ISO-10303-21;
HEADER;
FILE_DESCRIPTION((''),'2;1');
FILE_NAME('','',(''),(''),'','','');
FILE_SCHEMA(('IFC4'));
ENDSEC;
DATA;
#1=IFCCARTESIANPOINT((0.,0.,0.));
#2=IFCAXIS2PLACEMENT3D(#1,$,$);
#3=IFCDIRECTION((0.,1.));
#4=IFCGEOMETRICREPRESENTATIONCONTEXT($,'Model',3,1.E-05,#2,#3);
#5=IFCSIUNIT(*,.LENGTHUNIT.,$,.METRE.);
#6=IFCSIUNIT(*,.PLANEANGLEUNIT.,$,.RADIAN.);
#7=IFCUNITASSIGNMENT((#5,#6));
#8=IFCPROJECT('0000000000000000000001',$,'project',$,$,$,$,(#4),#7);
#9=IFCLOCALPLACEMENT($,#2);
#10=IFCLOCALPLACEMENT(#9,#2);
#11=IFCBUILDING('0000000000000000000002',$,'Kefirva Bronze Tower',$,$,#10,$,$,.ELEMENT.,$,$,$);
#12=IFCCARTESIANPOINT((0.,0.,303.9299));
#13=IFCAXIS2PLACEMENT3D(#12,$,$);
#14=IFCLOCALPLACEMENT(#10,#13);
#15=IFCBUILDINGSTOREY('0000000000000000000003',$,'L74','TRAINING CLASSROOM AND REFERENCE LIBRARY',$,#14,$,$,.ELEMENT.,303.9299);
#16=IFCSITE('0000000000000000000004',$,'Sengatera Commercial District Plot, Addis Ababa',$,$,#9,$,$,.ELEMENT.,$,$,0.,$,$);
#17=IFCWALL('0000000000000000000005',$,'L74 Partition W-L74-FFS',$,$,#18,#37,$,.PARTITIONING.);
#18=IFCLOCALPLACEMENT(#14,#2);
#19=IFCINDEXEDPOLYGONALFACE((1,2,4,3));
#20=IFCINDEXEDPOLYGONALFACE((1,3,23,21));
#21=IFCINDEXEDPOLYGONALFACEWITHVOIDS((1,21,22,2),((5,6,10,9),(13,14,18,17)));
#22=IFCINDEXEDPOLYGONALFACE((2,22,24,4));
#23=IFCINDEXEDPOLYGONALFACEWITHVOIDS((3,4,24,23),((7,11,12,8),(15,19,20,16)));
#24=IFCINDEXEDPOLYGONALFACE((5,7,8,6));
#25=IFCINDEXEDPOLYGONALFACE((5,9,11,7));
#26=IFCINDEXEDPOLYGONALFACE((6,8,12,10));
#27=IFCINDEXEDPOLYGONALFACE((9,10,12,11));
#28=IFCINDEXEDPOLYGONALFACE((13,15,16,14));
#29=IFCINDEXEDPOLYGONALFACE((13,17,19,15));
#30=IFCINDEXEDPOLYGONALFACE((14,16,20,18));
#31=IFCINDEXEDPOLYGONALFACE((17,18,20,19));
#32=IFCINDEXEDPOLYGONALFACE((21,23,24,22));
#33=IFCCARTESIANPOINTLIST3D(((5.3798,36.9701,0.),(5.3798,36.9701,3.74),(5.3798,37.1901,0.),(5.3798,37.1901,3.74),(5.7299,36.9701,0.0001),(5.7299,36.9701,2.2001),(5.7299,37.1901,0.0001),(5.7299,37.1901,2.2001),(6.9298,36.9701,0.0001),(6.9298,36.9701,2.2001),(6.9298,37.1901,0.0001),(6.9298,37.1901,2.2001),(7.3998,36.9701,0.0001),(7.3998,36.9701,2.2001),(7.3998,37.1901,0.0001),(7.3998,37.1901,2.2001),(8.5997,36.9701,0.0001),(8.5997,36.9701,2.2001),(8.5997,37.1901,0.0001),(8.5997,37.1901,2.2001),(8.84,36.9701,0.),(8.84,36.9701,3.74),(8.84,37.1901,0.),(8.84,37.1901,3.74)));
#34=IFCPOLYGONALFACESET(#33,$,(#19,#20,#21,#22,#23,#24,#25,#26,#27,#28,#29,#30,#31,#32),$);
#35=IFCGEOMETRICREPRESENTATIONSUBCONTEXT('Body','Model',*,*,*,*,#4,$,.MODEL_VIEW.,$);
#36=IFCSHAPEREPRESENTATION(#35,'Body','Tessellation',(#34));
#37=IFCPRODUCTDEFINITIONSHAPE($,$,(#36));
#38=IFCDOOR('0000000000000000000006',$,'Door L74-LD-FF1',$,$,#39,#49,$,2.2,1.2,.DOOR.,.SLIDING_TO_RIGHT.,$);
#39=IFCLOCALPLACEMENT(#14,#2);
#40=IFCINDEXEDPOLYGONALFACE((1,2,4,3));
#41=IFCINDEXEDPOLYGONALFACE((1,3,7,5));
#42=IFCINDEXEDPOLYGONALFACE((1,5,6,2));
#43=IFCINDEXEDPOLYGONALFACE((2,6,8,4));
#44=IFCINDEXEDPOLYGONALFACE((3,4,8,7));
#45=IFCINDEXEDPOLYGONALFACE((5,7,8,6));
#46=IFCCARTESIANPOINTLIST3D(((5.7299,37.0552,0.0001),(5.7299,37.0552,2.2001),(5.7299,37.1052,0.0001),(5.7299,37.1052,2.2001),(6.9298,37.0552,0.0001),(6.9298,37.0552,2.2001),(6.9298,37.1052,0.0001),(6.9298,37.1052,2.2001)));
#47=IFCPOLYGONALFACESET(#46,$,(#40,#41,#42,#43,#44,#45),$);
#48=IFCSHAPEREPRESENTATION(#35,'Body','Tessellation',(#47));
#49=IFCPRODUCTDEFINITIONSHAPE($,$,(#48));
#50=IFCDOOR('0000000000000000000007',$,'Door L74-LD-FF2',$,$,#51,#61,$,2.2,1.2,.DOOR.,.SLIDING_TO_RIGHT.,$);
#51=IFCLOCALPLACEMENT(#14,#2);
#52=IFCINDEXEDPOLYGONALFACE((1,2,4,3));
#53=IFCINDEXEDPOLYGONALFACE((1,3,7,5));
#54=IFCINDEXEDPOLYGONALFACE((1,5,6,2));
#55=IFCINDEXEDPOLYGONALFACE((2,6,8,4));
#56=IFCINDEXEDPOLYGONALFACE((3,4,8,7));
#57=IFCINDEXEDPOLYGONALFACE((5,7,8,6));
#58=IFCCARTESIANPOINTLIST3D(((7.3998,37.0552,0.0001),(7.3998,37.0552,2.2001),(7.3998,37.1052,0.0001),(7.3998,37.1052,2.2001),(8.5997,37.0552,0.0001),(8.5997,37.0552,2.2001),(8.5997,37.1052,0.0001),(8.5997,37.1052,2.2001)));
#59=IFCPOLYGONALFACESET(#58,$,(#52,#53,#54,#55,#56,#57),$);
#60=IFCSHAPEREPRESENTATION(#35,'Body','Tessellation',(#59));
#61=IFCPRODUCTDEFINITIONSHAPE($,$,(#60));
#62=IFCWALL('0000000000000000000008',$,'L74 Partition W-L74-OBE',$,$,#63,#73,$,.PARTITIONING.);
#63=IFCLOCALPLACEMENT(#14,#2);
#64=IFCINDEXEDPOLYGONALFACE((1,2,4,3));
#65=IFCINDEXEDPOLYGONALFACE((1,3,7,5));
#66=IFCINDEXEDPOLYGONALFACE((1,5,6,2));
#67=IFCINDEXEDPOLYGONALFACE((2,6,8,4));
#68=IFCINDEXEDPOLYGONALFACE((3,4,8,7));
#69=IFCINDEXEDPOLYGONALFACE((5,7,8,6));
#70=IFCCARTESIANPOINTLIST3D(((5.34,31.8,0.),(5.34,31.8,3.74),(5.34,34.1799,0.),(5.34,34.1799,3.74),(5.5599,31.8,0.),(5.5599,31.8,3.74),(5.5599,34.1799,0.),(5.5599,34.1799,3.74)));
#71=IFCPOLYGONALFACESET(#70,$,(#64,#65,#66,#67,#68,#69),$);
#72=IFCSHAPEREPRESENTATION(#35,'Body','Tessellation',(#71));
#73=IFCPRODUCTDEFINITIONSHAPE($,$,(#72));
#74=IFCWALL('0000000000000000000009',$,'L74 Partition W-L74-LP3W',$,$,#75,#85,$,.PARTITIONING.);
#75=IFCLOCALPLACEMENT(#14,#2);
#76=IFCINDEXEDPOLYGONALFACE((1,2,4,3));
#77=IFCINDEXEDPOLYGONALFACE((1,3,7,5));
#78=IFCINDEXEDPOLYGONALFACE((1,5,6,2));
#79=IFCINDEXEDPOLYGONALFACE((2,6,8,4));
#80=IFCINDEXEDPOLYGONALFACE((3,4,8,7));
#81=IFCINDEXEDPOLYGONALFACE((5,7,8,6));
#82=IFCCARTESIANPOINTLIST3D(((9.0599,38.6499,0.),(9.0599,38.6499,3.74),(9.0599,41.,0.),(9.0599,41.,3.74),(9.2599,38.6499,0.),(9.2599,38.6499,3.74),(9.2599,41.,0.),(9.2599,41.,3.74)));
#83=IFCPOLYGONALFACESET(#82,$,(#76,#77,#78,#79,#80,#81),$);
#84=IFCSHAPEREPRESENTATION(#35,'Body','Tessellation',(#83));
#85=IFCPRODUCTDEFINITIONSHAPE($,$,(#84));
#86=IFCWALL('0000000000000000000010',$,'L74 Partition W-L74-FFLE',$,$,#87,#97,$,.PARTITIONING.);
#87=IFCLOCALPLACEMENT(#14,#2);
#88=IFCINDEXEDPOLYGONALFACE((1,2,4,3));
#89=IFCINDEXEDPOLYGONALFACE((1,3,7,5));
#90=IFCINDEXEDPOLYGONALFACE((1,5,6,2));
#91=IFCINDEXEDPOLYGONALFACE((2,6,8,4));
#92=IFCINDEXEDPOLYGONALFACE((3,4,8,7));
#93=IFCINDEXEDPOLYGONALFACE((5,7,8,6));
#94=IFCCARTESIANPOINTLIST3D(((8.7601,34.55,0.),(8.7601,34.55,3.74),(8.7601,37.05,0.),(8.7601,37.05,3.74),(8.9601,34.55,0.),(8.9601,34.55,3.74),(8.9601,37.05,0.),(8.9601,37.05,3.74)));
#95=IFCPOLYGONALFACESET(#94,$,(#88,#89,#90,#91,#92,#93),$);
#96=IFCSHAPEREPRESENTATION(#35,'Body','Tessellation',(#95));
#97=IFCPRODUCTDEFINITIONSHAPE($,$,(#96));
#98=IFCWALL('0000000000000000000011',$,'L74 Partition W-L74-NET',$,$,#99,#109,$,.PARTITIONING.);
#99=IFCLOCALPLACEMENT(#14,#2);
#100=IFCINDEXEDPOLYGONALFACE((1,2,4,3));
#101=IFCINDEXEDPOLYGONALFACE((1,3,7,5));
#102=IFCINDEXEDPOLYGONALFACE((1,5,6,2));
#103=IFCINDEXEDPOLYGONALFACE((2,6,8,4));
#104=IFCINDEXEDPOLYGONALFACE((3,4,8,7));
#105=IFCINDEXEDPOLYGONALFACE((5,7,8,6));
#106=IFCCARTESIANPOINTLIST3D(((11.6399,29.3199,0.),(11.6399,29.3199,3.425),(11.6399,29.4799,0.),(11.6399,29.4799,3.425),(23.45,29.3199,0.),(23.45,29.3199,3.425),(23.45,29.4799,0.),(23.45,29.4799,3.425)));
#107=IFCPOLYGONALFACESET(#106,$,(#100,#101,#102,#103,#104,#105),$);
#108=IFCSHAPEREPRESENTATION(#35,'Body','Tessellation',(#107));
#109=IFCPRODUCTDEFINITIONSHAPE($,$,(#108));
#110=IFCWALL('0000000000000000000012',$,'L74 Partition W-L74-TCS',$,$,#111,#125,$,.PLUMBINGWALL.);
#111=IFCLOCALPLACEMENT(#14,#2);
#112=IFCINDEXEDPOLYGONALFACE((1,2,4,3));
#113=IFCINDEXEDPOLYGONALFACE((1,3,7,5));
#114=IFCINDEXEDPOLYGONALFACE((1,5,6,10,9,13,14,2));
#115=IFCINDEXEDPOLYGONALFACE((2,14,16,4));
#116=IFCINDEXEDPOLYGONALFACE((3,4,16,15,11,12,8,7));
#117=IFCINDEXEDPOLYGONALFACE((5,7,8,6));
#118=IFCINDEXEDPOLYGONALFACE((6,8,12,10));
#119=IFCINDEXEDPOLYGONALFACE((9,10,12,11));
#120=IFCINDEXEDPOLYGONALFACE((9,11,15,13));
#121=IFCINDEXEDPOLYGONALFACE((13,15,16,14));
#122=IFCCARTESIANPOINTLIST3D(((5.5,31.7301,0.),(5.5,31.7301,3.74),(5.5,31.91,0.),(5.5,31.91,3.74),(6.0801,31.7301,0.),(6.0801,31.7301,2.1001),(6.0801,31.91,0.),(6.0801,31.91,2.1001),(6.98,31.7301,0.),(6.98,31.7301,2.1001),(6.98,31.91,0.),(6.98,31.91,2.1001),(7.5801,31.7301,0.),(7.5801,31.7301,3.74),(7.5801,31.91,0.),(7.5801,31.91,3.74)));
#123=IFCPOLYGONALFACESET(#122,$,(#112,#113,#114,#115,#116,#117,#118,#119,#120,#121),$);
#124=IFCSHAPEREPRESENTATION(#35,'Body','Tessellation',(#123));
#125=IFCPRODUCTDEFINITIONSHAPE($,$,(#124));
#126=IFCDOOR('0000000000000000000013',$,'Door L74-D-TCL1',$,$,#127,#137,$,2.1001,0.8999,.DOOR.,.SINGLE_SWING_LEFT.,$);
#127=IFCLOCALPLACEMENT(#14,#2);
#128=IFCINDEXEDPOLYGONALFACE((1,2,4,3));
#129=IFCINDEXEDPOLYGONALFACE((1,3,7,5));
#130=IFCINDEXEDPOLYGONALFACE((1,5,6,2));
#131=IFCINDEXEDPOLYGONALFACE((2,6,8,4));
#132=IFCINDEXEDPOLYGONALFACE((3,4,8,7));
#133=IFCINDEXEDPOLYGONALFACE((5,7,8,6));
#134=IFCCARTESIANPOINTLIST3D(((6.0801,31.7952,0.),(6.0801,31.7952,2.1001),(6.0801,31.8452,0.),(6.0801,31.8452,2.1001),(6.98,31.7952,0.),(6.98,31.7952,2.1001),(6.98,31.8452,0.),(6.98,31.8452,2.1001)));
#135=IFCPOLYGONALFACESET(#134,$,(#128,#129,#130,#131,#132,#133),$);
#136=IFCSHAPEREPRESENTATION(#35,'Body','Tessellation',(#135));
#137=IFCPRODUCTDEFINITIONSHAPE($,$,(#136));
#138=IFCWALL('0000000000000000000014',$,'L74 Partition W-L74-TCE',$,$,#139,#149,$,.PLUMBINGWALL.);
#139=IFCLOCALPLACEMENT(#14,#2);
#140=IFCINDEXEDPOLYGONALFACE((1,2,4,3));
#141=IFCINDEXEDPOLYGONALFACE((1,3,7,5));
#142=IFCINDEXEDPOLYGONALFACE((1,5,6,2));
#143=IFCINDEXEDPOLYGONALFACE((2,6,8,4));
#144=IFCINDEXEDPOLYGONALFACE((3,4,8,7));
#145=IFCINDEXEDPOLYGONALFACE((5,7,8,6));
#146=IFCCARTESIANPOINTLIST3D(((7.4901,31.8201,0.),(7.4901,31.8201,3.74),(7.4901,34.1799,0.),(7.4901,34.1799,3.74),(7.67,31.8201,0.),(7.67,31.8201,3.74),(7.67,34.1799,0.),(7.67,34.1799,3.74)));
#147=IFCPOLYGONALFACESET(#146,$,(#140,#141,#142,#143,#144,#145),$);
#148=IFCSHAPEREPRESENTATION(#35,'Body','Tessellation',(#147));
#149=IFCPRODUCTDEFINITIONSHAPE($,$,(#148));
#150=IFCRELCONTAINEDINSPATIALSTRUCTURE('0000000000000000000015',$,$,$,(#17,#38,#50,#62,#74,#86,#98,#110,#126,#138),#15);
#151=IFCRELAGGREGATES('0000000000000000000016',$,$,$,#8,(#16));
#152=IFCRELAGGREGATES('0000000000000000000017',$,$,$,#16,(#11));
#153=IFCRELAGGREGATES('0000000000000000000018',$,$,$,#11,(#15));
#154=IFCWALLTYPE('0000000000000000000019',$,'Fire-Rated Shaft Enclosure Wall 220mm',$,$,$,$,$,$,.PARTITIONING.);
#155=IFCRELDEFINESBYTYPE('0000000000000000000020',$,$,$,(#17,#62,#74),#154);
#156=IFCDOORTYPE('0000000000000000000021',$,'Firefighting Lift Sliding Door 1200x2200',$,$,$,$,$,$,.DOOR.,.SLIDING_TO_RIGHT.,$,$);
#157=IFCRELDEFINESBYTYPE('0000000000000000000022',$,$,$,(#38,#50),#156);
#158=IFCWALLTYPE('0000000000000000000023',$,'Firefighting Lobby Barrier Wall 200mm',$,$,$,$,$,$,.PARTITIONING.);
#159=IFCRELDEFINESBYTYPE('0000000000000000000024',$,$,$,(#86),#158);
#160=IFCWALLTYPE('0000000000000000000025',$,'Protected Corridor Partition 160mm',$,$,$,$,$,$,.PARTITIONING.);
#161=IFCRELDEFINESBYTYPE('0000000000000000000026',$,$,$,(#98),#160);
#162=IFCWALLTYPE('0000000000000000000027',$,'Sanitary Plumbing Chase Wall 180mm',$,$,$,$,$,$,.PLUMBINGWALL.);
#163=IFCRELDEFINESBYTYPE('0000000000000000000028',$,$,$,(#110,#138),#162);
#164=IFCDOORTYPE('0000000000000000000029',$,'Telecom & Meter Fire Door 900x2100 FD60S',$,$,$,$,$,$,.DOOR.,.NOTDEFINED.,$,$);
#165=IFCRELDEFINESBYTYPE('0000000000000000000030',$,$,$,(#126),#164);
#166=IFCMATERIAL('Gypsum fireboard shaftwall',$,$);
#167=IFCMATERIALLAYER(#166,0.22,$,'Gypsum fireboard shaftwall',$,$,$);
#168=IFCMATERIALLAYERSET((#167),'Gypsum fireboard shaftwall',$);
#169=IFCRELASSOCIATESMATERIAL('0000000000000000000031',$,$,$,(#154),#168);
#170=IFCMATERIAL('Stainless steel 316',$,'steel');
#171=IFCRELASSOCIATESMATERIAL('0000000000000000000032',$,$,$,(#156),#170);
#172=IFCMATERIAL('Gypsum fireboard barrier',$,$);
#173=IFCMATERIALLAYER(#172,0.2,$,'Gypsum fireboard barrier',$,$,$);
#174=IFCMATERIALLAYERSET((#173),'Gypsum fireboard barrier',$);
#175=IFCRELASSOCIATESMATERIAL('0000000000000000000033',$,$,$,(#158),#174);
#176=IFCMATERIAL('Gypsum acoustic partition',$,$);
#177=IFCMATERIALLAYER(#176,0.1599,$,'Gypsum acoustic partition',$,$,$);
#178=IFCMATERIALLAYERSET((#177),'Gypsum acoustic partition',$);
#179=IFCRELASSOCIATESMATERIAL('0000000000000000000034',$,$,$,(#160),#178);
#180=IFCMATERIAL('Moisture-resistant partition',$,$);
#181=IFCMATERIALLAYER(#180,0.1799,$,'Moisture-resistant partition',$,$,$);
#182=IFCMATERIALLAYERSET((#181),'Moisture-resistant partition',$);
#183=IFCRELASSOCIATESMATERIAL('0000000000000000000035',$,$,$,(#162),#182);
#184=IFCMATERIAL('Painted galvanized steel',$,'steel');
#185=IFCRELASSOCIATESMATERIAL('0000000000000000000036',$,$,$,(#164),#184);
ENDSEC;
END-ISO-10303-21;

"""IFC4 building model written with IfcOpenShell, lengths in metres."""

from ifc_helpers import new_model, si_unit, direction, frame, frame_2d, origin, place, context, subcontext, project, spatial, rectangle, extrude, material, layer, layer_set, type_object, element, fill, save


model = new_model("IFC4")

# Units and contexts
model_context = context("Model", 3, precision=1e-05, world=origin(), true_north=direction((0.0, 1.0)))
body_context = subcontext(model_context, "Body", "Model", "MODEL_VIEW")
ifc_project = project(units=[si_unit("LENGTHUNIT", "METRE"), si_unit("PLANEANGLEUNIT", "RADIAN")], contexts=[model_context])

# Site, building, storey
site_placement = place(None, origin())
site = spatial("IfcSite", under=ifc_project, at=site_placement, Name="Sengatera Commercial District Plot, Addis Ababa", CompositionType="ELEMENT", RefElevation=0.0)
building_placement = place(site_placement, origin())
building = spatial("IfcBuilding", under=site, at=building_placement, Name="Kefirva Bronze Tower", CompositionType="ELEMENT")
storey_placement = place(building_placement, frame((0.0, 0.0, 303.9299)))
storey = spatial("IfcBuildingStorey", under=building, at=storey_placement, Name="L74", Description="TRAINING CLASSROOM AND REFERENCE LIBRARY", CompositionType="ELEMENT", Elevation=303.9299)

# Wall, openings, doors
ifc_material_1 = material(Name="Gypsum fireboard shaftwall")
ifc_layer_1 = layer(ifc_material_1, 0.22, Name="Gypsum fireboard shaftwall")
ifc_layer_set_1 = layer_set([ifc_layer_1], Name="Gypsum fireboard shaftwall")
wall_type_1 = type_object("IfcWallType", Name="Fire-Rated Shaft Enclosure Wall 220mm", PredefinedType="PARTITIONING", material=ifc_layer_set_1)
wall_1_placement = place(storey_placement, frame((5.3799, 37.0801, 0.0), z_axis=(0.0, 0.0, 1.0), x_axis=(1.0, 0.0, 0.0)))
wall_1 = element("IfcWall", 1, at=wall_1_placement, inside=storey, type_object=wall_type_1, Name="L74 Partition W-L74-FFS", PredefinedType="PARTITIONING", context=body_context, shape_type="SweptSolid", body=[
    extrude(rectangle(XDim=3.4602, YDim=0.22, at=frame_2d((1.73, 0.0))), origin(), (0.0, 0.0, 1.0), 3.74),
])
opening_1_placement = place(wall_1_placement, frame((1.55, 0.0, 0.0), z_axis=(0.0, 0.0, 1.0), x_axis=(-1.0, 0.0, 0.0)))
opening_1 = element("IfcOpeningElement", 2, at=opening_1_placement, cuts=wall_1, PredefinedType="OPENING", context=body_context, shape_type="SweptSolid", body=[
    extrude(rectangle(XDim=1.2, YDim=2.2, at=frame_2d((0.6001, 1.1001))), frame((0.0, 0.1201, 0.0), z_axis=(0.0, -1.0, 0.0), x_axis=(1.0, 0.0, 0.0)), (0.0, 0.0, 1.0), 0.24),
])
opening_2_placement = place(wall_1_placement, frame((3.22, 0.0, 0.0), z_axis=(0.0, 0.0, 1.0), x_axis=(-1.0, 0.0, 0.0)))
opening_2 = element("IfcOpeningElement", 3, at=opening_2_placement, cuts=wall_1, PredefinedType="OPENING", context=body_context, shape_type="SweptSolid", body=[
    extrude(rectangle(XDim=1.2, YDim=2.2, at=frame_2d((0.6001, 1.1001))), frame((0.0, 0.1201, 0.0), z_axis=(0.0, -1.0, 0.0), x_axis=(1.0, 0.0, 0.0)), (0.0, 0.0, 1.0), 0.24),
])
ifc_material_2 = material(Name="Stainless steel 316", Category="steel")
door_type_1 = type_object("IfcDoorType", Name="Firefighting Lift Sliding Door 1200x2200", OperationType="SLIDING_TO_RIGHT", PredefinedType="DOOR", material=ifc_material_2)
door_1_placement = place(opening_1_placement, origin())
door_1 = element("IfcDoor", 4, at=door_1_placement, inside=storey, type_object=door_type_1, Name="Door L74-LD-FF1", OperationType="SLIDING_TO_RIGHT", OverallHeight=2.2, OverallWidth=1.2, PredefinedType="DOOR", context=body_context, shape_type="SweptSolid", body=[
    extrude(rectangle(XDim=1.2, YDim=2.2, at=frame_2d((0.6001, 1.1001))), frame((0.0, 0.0249, 0.0), z_axis=(0.0, -1.0, 0.0), x_axis=(1.0, 0.0, 0.0)), (0.0, 0.0, 1.0), 0.05),
])
fill(opening_1, door_1)
door_2_placement = place(opening_2_placement, origin())
door_2 = element("IfcDoor", 5, at=door_2_placement, inside=storey, type_object=door_type_1, Name="Door L74-LD-FF2", OperationType="SLIDING_TO_RIGHT", OverallHeight=2.2, OverallWidth=1.2, PredefinedType="DOOR", context=body_context, shape_type="SweptSolid", body=[
    extrude(rectangle(XDim=1.2, YDim=2.2, at=frame_2d((0.6001, 1.1001))), frame((0.0, 0.0249, 0.0), z_axis=(0.0, -1.0, 0.0), x_axis=(1.0, 0.0, 0.0)), (0.0, 0.0, 1.0), 0.05),
])
fill(opening_2, door_2)

# Walls
wall_2_placement = place(storey_placement, frame((5.45, 31.8, 0.0), z_axis=(0.0, 0.0, 1.0), x_axis=(0.0, 1.0, 0.0)))
element("IfcWall", 6, at=wall_2_placement, inside=storey, type_object=wall_type_1, Name="L74 Partition W-L74-OBE", PredefinedType="PARTITIONING", context=body_context, shape_type="SweptSolid", body=[
    extrude(rectangle(XDim=2.3799, YDim=0.22, at=frame_2d((1.1899, 0.0))), origin(), (0.0, 0.0, 1.0), 3.74),
])
wall_3_placement = place(storey_placement, frame((9.1599, 38.6499, 0.0), z_axis=(0.0, 0.0, 1.0), x_axis=(0.0, 1.0, 0.0)))
element("IfcWall", 7, at=wall_3_placement, inside=storey, type_object=wall_type_1, Name="L74 Partition W-L74-LP3W", PredefinedType="PARTITIONING", context=body_context, shape_type="SweptSolid", body=[
    extrude(rectangle(XDim=2.3501, YDim=0.2, at=frame_2d((1.175, 0.0))), origin(), (0.0, 0.0, 1.0), 3.74),
])
ifc_material_3 = material(Name="Gypsum fireboard barrier")
ifc_layer_2 = layer(ifc_material_3, 0.2, Name="Gypsum fireboard barrier")
ifc_layer_set_2 = layer_set([ifc_layer_2], Name="Gypsum fireboard barrier")
wall_type_2 = type_object("IfcWallType", Name="Firefighting Lobby Barrier Wall 200mm", PredefinedType="PARTITIONING", material=ifc_layer_set_2)
wall_4_placement = place(storey_placement, frame((8.8601, 34.55, 0.0), z_axis=(0.0, 0.0, 1.0), x_axis=(0.0, 1.0, 0.0)))
element("IfcWall", 8, at=wall_4_placement, inside=storey, type_object=wall_type_2, Name="L74 Partition W-L74-FFLE", PredefinedType="PARTITIONING", context=body_context, shape_type="SweptSolid", body=[
    extrude(rectangle(XDim=2.5, YDim=0.2, at=frame_2d((1.25, 0.0))), origin(), (0.0, 0.0, 1.0), 3.74),
])

# Shared definitions
ifc_material_4 = material(Name="Gypsum acoustic partition")
ifc_layer_3 = layer(ifc_material_4, 0.1599, Name="Gypsum acoustic partition")
ifc_layer_set_3 = layer_set([ifc_layer_3], Name="Gypsum acoustic partition")
wall_type_3 = type_object("IfcWallType", Name="Protected Corridor Partition 160mm", PredefinedType="PARTITIONING", material=ifc_layer_set_3)

# Shared definitions
ifc_material_5 = material(Name="Painted galvanized steel", Category="steel")

# Wall
wall_5_placement = place(storey_placement, frame((11.6399, 29.3999, 0.0), z_axis=(0.0, 0.0, 1.0), x_axis=(1.0, 0.0, 0.0)))
element("IfcWall", 9, at=wall_5_placement, inside=storey, type_object=wall_type_3, Name="L74 Partition W-L74-NET", PredefinedType="PARTITIONING", context=body_context, shape_type="SweptSolid", body=[
    extrude(rectangle(XDim=11.8101, YDim=0.1599, at=frame_2d((5.905, 0.0))), origin(), (0.0, 0.0, 1.0), 3.425),
])

# Wall, opening, door
ifc_material_6 = material(Name="Moisture-resistant partition")
ifc_layer_4 = layer(ifc_material_6, 0.1799, Name="Moisture-resistant partition")
ifc_layer_set_4 = layer_set([ifc_layer_4], Name="Moisture-resistant partition")
wall_type_4 = type_object("IfcWallType", Name="Sanitary Plumbing Chase Wall 180mm", PredefinedType="PLUMBINGWALL", material=ifc_layer_set_4)
wall_6_placement = place(storey_placement, frame((5.5, 31.8201, 0.0), z_axis=(0.0, 0.0, 1.0), x_axis=(1.0, 0.0, 0.0)))
wall_6 = element("IfcWall", 10, at=wall_6_placement, inside=storey, type_object=wall_type_4, Name="L74 Partition W-L74-TCS", PredefinedType="PLUMBINGWALL", context=body_context, shape_type="SweptSolid", body=[
    extrude(rectangle(XDim=2.0801, YDim=0.1799, at=frame_2d((1.04, 0.0))), origin(), (0.0, 0.0, 1.0), 3.74),
])
opening_3_placement = place(wall_6_placement, frame((1.48, 0.0, 0.0), z_axis=(0.0, 0.0, 1.0), x_axis=(-1.0, 0.0, 0.0)))
opening_3 = element("IfcOpeningElement", 11, at=opening_3_placement, cuts=wall_6, PredefinedType="OPENING", context=body_context, shape_type="SweptSolid", body=[
    extrude(rectangle(XDim=0.8999, YDim=2.1001, at=frame_2d((0.45, 1.05))), frame((0.0, 0.1001, 0.0), z_axis=(0.0, -1.0, 0.0), x_axis=(1.0, 0.0, 0.0)), (0.0, 0.0, 1.0), 0.2),
])
door_type_2 = type_object("IfcDoorType", Name="Telecom & Meter Fire Door 900x2100 FD60S", OperationType="NOTDEFINED", PredefinedType="DOOR", material=ifc_material_5)
door_3_placement = place(opening_3_placement, origin())
door_3 = element("IfcDoor", 12, at=door_3_placement, inside=storey, type_object=door_type_2, Name="Door L74-D-TCL1", OperationType="SINGLE_SWING_LEFT", OverallHeight=2.1001, OverallWidth=0.8999, PredefinedType="DOOR", context=body_context, shape_type="SweptSolid", body=[
    extrude(rectangle(XDim=0.8999, YDim=2.1001, at=frame_2d((0.45, 1.05))), frame((0.0, 0.0249, 0.0), z_axis=(0.0, -1.0, 0.0), x_axis=(1.0, 0.0, 0.0)), (0.0, 0.0, 1.0), 0.05),
])
fill(opening_3, door_3)

# Wall
wall_7_placement = place(storey_placement, frame((7.5801, 31.8201, 0.0), z_axis=(0.0, 0.0, 1.0), x_axis=(0.0, 1.0, 0.0)))
element("IfcWall", 13, at=wall_7_placement, inside=storey, type_object=wall_type_4, Name="L74 Partition W-L74-TCE", PredefinedType="PLUMBINGWALL", context=body_context, shape_type="SweptSolid", body=[
    extrude(rectangle(XDim=2.3599, YDim=0.1799, at=frame_2d((1.1799, 0.0))), origin(), (0.0, 0.0, 1.0), 3.74),
])

save(model, "model.ifc")
